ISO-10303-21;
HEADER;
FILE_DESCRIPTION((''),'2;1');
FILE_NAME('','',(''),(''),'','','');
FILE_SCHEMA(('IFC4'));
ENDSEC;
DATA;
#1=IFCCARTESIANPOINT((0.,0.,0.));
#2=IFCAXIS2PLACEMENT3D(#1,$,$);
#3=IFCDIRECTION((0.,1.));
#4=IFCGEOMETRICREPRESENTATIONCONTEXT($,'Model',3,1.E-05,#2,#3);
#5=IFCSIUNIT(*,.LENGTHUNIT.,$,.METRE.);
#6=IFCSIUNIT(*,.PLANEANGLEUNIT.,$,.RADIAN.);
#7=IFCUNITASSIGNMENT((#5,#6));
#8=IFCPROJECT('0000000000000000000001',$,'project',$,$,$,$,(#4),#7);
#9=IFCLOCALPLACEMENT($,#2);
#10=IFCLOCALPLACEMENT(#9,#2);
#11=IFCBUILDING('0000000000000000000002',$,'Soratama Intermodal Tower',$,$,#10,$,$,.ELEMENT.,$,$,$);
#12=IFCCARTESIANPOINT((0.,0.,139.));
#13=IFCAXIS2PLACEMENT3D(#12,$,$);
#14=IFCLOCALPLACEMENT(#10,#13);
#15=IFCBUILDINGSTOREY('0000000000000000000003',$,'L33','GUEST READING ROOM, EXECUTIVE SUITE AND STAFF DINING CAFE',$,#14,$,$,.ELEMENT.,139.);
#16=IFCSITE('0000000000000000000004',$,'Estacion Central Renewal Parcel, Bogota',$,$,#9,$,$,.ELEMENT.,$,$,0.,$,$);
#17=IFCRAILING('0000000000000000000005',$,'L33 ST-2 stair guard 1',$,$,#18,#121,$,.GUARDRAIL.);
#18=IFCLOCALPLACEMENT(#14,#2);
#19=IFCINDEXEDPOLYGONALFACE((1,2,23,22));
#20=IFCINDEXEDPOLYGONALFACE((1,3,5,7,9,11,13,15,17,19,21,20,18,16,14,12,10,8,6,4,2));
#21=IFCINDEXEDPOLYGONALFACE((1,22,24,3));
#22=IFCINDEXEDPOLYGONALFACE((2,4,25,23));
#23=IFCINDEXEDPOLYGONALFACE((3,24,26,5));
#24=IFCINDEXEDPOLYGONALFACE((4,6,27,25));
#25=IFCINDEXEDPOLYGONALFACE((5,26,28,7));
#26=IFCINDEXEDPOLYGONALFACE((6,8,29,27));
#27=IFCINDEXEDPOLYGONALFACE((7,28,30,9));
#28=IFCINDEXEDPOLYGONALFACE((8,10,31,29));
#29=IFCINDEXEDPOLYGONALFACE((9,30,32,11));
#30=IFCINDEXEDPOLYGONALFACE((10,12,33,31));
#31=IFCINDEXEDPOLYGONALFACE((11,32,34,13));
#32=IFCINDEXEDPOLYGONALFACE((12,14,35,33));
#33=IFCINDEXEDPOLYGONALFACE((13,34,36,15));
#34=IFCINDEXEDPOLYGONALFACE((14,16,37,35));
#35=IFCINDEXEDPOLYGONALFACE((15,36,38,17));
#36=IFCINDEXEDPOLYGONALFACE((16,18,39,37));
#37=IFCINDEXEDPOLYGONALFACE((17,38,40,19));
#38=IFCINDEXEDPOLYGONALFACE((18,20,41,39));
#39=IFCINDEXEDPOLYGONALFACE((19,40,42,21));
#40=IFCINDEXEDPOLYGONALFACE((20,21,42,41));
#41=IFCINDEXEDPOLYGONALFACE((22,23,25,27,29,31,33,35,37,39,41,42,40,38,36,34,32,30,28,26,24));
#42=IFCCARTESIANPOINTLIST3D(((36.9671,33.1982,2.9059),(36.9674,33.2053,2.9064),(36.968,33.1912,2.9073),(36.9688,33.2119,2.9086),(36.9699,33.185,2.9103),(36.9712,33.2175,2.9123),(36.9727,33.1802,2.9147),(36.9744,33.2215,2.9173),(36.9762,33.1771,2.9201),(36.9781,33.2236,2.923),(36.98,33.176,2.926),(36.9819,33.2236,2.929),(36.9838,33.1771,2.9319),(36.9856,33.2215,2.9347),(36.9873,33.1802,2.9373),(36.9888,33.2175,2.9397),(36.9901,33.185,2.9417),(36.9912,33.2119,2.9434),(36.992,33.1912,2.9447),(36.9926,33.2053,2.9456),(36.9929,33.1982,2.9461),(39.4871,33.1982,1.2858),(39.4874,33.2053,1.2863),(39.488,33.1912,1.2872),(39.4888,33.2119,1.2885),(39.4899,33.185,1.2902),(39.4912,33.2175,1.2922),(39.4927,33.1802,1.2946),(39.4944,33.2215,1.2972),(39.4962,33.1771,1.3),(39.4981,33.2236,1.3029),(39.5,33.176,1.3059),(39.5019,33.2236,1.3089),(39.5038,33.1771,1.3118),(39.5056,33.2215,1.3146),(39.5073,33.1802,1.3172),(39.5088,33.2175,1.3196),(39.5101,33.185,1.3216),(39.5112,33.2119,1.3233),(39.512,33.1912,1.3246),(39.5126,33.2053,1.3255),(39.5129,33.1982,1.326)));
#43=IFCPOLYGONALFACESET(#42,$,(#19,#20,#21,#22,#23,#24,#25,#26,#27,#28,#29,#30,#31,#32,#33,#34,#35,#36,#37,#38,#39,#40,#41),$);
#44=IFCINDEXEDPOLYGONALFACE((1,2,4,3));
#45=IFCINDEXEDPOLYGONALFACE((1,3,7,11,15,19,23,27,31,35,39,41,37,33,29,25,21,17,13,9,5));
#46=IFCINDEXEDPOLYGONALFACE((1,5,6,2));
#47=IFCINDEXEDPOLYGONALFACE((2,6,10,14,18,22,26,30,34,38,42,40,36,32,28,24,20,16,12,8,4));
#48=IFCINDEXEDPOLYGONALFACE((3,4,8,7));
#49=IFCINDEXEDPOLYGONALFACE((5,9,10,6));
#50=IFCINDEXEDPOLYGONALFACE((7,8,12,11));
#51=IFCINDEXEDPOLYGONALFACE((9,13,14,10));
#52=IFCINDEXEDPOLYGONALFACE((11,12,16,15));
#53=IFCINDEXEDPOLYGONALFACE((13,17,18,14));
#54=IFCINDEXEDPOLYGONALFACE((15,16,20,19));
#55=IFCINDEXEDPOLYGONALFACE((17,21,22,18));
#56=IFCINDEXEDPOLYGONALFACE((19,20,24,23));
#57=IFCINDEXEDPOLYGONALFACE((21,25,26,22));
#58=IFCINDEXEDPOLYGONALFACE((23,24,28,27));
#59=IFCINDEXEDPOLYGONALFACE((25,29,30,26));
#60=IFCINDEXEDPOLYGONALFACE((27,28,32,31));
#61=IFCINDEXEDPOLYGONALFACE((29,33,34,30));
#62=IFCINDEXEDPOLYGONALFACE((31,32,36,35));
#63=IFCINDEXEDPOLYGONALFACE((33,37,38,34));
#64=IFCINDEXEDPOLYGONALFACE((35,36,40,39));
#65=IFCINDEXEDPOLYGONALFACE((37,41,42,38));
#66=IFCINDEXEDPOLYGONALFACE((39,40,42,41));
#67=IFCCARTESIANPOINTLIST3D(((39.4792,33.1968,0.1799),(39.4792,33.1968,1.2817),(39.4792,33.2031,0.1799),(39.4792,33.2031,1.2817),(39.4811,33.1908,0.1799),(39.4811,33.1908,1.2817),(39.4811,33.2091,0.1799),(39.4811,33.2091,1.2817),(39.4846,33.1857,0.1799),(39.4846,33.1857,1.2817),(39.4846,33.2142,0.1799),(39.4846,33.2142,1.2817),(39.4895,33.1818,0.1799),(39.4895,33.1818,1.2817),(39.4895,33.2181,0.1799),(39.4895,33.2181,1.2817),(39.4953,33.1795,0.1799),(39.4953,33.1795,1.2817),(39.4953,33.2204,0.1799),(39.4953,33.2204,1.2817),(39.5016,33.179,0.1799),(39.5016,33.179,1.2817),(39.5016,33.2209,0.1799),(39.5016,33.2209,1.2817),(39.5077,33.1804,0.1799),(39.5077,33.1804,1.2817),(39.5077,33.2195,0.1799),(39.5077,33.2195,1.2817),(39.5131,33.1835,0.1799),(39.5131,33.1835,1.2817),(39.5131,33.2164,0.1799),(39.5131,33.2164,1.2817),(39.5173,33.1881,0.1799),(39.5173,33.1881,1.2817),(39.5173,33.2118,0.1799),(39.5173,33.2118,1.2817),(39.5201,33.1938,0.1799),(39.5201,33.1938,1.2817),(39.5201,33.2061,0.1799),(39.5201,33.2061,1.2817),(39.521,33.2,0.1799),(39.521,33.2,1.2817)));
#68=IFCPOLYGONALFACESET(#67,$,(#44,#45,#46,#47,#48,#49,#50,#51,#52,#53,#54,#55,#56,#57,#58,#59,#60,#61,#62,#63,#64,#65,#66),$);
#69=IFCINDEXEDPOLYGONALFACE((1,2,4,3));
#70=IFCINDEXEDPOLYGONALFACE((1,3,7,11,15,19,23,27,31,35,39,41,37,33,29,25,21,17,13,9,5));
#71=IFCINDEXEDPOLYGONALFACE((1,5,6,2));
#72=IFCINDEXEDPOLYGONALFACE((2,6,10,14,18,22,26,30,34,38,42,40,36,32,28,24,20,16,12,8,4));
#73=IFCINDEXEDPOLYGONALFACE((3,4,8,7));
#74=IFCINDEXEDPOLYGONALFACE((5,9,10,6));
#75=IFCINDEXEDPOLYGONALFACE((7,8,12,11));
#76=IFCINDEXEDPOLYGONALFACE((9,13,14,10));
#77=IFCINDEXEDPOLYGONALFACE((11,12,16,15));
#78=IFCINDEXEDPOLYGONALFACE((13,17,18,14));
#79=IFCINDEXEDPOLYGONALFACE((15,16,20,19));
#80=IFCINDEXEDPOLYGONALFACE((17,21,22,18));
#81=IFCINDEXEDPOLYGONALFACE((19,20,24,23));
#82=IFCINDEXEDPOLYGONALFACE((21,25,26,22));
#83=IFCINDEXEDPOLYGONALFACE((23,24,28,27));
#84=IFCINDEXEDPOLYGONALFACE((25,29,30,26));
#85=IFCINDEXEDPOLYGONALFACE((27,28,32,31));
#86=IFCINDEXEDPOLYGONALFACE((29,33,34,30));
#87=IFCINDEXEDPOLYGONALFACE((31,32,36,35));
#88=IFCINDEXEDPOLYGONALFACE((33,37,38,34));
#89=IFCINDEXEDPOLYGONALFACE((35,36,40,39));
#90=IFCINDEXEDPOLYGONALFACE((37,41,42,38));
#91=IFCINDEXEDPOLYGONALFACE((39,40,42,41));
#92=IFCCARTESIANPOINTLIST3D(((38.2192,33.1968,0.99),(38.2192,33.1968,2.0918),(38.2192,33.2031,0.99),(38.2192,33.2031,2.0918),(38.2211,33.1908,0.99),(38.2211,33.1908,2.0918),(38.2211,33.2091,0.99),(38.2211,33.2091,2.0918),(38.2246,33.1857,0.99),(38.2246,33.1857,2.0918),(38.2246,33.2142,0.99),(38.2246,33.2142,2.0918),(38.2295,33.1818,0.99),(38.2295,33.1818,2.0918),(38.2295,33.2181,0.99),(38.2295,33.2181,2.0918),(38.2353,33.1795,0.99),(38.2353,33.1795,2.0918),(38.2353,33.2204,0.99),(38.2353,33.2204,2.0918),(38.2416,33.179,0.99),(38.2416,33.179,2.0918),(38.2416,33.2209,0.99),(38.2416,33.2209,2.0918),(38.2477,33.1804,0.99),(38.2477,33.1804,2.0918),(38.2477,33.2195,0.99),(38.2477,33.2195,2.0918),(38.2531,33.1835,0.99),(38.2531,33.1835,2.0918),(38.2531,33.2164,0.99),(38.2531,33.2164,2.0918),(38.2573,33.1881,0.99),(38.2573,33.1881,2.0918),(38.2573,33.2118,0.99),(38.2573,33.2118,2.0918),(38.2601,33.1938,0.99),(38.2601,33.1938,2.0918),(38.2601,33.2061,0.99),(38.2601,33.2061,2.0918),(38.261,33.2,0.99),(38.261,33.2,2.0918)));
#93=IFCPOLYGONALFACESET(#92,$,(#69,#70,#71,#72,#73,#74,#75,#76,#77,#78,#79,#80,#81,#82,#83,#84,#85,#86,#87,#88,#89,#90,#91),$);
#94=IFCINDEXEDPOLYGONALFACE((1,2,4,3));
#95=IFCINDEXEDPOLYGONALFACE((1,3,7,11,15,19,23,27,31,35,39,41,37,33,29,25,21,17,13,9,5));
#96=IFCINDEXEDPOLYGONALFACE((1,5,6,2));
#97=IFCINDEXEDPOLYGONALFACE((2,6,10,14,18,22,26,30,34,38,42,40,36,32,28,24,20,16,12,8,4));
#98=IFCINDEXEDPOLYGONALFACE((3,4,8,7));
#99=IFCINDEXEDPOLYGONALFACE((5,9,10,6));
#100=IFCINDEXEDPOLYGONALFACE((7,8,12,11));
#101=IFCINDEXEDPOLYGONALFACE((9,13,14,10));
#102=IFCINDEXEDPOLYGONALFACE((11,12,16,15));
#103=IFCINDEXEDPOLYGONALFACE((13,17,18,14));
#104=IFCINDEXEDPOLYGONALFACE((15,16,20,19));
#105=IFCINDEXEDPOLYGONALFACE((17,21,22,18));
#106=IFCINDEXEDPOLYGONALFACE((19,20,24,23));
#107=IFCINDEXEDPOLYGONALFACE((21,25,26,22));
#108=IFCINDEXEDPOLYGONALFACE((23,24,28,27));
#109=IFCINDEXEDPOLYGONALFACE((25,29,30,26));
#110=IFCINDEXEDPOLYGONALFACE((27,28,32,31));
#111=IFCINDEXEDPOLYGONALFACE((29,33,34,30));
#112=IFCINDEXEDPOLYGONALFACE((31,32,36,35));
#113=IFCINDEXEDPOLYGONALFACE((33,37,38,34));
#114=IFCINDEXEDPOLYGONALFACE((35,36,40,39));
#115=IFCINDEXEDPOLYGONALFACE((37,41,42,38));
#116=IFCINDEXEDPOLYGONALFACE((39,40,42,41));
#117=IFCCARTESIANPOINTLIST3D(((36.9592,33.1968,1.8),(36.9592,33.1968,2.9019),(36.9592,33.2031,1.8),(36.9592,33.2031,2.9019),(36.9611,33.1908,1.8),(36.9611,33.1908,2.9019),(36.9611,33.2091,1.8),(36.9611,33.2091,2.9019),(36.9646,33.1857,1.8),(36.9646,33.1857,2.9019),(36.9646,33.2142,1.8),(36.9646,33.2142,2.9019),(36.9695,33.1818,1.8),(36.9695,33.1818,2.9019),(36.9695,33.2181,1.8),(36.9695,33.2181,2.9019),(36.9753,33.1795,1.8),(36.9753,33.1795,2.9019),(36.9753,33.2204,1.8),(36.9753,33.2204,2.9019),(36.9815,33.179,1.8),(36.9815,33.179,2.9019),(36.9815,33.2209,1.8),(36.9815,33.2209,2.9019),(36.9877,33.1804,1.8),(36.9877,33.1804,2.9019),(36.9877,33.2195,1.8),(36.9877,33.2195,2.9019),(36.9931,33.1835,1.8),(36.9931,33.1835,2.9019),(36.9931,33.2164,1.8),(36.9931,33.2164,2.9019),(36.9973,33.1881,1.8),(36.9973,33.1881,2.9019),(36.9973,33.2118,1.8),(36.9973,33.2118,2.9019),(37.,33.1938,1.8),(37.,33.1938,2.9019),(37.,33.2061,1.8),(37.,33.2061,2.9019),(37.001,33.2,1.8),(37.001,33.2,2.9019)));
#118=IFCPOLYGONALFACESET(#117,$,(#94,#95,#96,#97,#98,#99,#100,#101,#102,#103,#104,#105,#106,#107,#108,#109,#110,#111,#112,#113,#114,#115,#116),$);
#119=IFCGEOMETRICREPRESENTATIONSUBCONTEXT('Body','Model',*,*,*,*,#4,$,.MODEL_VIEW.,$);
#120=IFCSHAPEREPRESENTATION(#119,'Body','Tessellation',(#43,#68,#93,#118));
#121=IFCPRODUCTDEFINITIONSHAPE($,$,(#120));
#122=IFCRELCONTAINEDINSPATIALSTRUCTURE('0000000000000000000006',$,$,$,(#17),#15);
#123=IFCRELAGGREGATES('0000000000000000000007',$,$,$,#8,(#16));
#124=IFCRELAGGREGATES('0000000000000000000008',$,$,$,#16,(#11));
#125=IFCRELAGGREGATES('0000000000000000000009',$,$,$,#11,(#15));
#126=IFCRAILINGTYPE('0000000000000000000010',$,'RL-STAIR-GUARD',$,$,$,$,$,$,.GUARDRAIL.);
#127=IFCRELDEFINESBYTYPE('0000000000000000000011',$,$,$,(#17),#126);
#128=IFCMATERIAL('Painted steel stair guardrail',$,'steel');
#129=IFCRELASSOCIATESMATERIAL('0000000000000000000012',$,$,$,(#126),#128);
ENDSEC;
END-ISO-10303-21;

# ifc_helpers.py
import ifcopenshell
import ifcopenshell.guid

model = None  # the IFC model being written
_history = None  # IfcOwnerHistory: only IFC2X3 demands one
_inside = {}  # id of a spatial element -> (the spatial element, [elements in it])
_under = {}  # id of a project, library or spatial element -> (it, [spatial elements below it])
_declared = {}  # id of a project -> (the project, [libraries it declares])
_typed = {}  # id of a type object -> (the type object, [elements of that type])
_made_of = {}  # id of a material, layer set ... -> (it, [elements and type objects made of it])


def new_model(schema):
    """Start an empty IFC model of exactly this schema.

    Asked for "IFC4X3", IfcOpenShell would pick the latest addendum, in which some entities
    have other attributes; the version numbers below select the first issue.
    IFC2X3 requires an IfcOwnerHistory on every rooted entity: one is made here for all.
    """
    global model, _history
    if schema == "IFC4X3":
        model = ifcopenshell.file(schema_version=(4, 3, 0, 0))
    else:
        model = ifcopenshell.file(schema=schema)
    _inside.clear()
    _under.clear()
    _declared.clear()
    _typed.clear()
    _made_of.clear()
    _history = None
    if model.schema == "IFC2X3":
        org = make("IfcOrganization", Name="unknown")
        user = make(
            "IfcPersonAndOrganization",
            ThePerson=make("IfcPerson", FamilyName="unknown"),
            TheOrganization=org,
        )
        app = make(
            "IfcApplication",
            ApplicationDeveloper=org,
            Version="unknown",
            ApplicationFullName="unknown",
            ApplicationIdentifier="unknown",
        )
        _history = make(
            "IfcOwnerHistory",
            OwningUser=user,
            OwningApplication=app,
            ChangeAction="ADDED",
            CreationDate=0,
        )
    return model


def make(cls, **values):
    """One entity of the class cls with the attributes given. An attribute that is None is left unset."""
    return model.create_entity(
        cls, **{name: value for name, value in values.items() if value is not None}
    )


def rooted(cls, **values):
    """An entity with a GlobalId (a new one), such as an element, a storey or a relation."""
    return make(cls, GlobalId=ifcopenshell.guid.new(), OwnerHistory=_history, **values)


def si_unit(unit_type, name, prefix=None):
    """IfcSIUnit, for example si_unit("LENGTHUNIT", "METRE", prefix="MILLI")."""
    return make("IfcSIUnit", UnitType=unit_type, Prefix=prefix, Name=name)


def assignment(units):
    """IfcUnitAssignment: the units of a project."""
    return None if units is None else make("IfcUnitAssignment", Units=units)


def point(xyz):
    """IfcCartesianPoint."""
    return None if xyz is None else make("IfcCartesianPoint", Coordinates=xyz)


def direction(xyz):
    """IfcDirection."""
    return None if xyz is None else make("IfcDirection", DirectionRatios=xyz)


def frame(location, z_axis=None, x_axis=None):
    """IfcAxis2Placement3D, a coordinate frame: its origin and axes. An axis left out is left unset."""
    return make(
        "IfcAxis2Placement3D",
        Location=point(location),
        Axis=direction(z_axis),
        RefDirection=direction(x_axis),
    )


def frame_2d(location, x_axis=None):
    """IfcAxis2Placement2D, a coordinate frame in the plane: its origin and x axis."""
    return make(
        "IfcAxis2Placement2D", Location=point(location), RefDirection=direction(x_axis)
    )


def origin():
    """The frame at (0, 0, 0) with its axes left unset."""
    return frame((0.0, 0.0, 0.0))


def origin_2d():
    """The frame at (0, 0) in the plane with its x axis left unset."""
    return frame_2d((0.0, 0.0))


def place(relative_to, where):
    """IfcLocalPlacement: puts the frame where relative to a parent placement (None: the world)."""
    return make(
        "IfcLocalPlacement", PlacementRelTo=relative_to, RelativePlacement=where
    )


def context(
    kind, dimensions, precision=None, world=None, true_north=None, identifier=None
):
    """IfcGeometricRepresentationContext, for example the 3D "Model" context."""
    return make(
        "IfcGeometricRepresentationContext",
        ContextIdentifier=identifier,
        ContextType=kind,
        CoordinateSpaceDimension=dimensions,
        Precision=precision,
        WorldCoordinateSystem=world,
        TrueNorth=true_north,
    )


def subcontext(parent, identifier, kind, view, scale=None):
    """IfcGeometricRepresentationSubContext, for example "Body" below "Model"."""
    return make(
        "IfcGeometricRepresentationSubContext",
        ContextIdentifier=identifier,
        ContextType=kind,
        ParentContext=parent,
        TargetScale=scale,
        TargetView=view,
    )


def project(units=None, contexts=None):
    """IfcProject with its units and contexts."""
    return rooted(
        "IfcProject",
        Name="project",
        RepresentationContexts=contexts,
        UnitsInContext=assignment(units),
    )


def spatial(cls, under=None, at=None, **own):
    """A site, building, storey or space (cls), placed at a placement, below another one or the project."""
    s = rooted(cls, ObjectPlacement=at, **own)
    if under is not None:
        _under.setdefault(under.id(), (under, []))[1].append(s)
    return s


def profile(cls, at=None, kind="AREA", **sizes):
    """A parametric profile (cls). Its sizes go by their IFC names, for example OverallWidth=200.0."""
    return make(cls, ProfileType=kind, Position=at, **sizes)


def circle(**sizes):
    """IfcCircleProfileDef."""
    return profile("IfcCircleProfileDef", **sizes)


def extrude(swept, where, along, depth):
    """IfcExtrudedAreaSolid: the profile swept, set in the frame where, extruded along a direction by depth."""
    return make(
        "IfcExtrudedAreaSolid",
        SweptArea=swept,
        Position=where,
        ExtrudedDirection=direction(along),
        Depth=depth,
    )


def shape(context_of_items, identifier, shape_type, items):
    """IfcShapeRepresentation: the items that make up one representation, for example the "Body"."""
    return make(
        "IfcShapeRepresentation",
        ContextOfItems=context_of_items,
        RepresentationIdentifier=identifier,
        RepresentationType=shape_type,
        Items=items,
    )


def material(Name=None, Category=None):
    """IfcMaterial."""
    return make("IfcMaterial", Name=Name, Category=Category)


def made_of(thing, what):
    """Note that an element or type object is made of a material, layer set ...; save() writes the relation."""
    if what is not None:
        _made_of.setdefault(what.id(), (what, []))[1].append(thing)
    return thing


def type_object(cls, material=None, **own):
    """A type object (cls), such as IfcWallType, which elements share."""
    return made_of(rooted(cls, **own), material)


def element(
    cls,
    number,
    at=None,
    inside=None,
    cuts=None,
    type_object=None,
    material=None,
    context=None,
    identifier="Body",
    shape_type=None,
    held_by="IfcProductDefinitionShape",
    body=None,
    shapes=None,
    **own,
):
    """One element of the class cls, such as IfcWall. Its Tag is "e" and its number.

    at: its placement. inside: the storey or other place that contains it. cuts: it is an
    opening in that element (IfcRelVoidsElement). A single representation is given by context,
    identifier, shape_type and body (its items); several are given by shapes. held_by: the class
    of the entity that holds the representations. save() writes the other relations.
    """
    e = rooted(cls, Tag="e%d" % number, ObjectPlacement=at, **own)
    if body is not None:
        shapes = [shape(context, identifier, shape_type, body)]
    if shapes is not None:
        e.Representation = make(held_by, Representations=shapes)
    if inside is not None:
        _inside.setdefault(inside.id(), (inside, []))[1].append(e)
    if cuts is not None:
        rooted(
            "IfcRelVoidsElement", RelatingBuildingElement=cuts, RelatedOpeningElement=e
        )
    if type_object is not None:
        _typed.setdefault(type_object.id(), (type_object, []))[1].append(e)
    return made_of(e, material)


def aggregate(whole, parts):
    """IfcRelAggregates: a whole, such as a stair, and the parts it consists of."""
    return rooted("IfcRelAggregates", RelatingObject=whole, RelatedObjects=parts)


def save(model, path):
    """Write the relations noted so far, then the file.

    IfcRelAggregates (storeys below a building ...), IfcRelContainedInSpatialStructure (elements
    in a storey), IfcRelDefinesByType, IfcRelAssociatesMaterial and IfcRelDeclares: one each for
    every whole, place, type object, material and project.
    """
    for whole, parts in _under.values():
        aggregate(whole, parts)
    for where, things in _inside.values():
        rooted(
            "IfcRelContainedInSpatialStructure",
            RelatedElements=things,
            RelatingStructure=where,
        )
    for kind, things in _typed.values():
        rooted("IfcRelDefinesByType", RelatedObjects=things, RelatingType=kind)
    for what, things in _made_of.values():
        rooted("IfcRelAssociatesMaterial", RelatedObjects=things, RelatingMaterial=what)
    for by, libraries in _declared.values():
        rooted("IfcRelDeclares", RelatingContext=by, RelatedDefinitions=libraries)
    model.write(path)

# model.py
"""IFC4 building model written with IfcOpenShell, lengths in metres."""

from ifc_helpers import new_model, si_unit, direction, frame, origin, origin_2d, place, context, subcontext, project, spatial, circle, extrude, material, type_object, element, save


model = new_model("IFC4")

# Units and contexts
model_context = context("Model", 3, precision=1e-05, world=origin(), true_north=direction((0.0, 1.0)))
body_context = subcontext(model_context, "Body", "Model", "MODEL_VIEW")
ifc_project = project(units=[si_unit("LENGTHUNIT", "METRE"), si_unit("PLANEANGLEUNIT", "RADIAN")], contexts=[model_context])

# Site, building, storey
site_placement = place(None, origin())
site = spatial("IfcSite", under=ifc_project, at=site_placement, Name="Estacion Central Renewal Parcel, Bogota", CompositionType="ELEMENT", RefElevation=0.0)
building_placement = place(site_placement, origin())
building = spatial("IfcBuilding", under=site, at=building_placement, Name="Soratama Intermodal Tower", CompositionType="ELEMENT")
storey_placement = place(building_placement, frame((0.0, 0.0, 139.0)))
storey = spatial("IfcBuildingStorey", under=building, at=storey_placement, Name="L33", Description="GUEST READING ROOM, EXECUTIVE SUITE AND STAFF DINING CAFE", CompositionType="ELEMENT", Elevation=139.0)

# Railing
ifc_material_1 = material(Name="Painted steel stair guardrail", Category="steel")
railing_type_1 = type_object("IfcRailingType", Name="RL-STAIR-GUARD", PredefinedType="GUARDRAIL", material=ifc_material_1)
railing_1_placement = place(storey_placement, frame((39.5, 33.2, 0.1799)))
element("IfcRailing", 1, at=railing_1_placement, inside=storey, type_object=railing_type_1, Name="L33 ST-2 stair guard 1", PredefinedType="GUARDRAIL", context=body_context, shape_type="SweptSolid", body=[
    extrude(circle(Radius=0.0239, at=origin_2d()), frame((0.0, 0.0, 1.126), z_axis=(-0.841163, 0.0, 0.540782), x_axis=(0.0, -1.0, 0.0)), (0.0, 0.0, 1.0), 2.9958),
    extrude(circle(Radius=0.021, at=origin_2d()), origin(), (0.0, 0.0, 1.0), 1.1018),
    extrude(circle(Radius=0.021, at=origin_2d()), frame((-1.26, 0.0, 0.8101)), (0.0, 0.0, 1.0), 1.1018),
    extrude(circle(Radius=0.021, at=origin_2d()), frame((-2.52, 0.0, 1.6201)), (0.0, 0.0, 1.0), 1.1018),
])

save(model, "model.ifc")
